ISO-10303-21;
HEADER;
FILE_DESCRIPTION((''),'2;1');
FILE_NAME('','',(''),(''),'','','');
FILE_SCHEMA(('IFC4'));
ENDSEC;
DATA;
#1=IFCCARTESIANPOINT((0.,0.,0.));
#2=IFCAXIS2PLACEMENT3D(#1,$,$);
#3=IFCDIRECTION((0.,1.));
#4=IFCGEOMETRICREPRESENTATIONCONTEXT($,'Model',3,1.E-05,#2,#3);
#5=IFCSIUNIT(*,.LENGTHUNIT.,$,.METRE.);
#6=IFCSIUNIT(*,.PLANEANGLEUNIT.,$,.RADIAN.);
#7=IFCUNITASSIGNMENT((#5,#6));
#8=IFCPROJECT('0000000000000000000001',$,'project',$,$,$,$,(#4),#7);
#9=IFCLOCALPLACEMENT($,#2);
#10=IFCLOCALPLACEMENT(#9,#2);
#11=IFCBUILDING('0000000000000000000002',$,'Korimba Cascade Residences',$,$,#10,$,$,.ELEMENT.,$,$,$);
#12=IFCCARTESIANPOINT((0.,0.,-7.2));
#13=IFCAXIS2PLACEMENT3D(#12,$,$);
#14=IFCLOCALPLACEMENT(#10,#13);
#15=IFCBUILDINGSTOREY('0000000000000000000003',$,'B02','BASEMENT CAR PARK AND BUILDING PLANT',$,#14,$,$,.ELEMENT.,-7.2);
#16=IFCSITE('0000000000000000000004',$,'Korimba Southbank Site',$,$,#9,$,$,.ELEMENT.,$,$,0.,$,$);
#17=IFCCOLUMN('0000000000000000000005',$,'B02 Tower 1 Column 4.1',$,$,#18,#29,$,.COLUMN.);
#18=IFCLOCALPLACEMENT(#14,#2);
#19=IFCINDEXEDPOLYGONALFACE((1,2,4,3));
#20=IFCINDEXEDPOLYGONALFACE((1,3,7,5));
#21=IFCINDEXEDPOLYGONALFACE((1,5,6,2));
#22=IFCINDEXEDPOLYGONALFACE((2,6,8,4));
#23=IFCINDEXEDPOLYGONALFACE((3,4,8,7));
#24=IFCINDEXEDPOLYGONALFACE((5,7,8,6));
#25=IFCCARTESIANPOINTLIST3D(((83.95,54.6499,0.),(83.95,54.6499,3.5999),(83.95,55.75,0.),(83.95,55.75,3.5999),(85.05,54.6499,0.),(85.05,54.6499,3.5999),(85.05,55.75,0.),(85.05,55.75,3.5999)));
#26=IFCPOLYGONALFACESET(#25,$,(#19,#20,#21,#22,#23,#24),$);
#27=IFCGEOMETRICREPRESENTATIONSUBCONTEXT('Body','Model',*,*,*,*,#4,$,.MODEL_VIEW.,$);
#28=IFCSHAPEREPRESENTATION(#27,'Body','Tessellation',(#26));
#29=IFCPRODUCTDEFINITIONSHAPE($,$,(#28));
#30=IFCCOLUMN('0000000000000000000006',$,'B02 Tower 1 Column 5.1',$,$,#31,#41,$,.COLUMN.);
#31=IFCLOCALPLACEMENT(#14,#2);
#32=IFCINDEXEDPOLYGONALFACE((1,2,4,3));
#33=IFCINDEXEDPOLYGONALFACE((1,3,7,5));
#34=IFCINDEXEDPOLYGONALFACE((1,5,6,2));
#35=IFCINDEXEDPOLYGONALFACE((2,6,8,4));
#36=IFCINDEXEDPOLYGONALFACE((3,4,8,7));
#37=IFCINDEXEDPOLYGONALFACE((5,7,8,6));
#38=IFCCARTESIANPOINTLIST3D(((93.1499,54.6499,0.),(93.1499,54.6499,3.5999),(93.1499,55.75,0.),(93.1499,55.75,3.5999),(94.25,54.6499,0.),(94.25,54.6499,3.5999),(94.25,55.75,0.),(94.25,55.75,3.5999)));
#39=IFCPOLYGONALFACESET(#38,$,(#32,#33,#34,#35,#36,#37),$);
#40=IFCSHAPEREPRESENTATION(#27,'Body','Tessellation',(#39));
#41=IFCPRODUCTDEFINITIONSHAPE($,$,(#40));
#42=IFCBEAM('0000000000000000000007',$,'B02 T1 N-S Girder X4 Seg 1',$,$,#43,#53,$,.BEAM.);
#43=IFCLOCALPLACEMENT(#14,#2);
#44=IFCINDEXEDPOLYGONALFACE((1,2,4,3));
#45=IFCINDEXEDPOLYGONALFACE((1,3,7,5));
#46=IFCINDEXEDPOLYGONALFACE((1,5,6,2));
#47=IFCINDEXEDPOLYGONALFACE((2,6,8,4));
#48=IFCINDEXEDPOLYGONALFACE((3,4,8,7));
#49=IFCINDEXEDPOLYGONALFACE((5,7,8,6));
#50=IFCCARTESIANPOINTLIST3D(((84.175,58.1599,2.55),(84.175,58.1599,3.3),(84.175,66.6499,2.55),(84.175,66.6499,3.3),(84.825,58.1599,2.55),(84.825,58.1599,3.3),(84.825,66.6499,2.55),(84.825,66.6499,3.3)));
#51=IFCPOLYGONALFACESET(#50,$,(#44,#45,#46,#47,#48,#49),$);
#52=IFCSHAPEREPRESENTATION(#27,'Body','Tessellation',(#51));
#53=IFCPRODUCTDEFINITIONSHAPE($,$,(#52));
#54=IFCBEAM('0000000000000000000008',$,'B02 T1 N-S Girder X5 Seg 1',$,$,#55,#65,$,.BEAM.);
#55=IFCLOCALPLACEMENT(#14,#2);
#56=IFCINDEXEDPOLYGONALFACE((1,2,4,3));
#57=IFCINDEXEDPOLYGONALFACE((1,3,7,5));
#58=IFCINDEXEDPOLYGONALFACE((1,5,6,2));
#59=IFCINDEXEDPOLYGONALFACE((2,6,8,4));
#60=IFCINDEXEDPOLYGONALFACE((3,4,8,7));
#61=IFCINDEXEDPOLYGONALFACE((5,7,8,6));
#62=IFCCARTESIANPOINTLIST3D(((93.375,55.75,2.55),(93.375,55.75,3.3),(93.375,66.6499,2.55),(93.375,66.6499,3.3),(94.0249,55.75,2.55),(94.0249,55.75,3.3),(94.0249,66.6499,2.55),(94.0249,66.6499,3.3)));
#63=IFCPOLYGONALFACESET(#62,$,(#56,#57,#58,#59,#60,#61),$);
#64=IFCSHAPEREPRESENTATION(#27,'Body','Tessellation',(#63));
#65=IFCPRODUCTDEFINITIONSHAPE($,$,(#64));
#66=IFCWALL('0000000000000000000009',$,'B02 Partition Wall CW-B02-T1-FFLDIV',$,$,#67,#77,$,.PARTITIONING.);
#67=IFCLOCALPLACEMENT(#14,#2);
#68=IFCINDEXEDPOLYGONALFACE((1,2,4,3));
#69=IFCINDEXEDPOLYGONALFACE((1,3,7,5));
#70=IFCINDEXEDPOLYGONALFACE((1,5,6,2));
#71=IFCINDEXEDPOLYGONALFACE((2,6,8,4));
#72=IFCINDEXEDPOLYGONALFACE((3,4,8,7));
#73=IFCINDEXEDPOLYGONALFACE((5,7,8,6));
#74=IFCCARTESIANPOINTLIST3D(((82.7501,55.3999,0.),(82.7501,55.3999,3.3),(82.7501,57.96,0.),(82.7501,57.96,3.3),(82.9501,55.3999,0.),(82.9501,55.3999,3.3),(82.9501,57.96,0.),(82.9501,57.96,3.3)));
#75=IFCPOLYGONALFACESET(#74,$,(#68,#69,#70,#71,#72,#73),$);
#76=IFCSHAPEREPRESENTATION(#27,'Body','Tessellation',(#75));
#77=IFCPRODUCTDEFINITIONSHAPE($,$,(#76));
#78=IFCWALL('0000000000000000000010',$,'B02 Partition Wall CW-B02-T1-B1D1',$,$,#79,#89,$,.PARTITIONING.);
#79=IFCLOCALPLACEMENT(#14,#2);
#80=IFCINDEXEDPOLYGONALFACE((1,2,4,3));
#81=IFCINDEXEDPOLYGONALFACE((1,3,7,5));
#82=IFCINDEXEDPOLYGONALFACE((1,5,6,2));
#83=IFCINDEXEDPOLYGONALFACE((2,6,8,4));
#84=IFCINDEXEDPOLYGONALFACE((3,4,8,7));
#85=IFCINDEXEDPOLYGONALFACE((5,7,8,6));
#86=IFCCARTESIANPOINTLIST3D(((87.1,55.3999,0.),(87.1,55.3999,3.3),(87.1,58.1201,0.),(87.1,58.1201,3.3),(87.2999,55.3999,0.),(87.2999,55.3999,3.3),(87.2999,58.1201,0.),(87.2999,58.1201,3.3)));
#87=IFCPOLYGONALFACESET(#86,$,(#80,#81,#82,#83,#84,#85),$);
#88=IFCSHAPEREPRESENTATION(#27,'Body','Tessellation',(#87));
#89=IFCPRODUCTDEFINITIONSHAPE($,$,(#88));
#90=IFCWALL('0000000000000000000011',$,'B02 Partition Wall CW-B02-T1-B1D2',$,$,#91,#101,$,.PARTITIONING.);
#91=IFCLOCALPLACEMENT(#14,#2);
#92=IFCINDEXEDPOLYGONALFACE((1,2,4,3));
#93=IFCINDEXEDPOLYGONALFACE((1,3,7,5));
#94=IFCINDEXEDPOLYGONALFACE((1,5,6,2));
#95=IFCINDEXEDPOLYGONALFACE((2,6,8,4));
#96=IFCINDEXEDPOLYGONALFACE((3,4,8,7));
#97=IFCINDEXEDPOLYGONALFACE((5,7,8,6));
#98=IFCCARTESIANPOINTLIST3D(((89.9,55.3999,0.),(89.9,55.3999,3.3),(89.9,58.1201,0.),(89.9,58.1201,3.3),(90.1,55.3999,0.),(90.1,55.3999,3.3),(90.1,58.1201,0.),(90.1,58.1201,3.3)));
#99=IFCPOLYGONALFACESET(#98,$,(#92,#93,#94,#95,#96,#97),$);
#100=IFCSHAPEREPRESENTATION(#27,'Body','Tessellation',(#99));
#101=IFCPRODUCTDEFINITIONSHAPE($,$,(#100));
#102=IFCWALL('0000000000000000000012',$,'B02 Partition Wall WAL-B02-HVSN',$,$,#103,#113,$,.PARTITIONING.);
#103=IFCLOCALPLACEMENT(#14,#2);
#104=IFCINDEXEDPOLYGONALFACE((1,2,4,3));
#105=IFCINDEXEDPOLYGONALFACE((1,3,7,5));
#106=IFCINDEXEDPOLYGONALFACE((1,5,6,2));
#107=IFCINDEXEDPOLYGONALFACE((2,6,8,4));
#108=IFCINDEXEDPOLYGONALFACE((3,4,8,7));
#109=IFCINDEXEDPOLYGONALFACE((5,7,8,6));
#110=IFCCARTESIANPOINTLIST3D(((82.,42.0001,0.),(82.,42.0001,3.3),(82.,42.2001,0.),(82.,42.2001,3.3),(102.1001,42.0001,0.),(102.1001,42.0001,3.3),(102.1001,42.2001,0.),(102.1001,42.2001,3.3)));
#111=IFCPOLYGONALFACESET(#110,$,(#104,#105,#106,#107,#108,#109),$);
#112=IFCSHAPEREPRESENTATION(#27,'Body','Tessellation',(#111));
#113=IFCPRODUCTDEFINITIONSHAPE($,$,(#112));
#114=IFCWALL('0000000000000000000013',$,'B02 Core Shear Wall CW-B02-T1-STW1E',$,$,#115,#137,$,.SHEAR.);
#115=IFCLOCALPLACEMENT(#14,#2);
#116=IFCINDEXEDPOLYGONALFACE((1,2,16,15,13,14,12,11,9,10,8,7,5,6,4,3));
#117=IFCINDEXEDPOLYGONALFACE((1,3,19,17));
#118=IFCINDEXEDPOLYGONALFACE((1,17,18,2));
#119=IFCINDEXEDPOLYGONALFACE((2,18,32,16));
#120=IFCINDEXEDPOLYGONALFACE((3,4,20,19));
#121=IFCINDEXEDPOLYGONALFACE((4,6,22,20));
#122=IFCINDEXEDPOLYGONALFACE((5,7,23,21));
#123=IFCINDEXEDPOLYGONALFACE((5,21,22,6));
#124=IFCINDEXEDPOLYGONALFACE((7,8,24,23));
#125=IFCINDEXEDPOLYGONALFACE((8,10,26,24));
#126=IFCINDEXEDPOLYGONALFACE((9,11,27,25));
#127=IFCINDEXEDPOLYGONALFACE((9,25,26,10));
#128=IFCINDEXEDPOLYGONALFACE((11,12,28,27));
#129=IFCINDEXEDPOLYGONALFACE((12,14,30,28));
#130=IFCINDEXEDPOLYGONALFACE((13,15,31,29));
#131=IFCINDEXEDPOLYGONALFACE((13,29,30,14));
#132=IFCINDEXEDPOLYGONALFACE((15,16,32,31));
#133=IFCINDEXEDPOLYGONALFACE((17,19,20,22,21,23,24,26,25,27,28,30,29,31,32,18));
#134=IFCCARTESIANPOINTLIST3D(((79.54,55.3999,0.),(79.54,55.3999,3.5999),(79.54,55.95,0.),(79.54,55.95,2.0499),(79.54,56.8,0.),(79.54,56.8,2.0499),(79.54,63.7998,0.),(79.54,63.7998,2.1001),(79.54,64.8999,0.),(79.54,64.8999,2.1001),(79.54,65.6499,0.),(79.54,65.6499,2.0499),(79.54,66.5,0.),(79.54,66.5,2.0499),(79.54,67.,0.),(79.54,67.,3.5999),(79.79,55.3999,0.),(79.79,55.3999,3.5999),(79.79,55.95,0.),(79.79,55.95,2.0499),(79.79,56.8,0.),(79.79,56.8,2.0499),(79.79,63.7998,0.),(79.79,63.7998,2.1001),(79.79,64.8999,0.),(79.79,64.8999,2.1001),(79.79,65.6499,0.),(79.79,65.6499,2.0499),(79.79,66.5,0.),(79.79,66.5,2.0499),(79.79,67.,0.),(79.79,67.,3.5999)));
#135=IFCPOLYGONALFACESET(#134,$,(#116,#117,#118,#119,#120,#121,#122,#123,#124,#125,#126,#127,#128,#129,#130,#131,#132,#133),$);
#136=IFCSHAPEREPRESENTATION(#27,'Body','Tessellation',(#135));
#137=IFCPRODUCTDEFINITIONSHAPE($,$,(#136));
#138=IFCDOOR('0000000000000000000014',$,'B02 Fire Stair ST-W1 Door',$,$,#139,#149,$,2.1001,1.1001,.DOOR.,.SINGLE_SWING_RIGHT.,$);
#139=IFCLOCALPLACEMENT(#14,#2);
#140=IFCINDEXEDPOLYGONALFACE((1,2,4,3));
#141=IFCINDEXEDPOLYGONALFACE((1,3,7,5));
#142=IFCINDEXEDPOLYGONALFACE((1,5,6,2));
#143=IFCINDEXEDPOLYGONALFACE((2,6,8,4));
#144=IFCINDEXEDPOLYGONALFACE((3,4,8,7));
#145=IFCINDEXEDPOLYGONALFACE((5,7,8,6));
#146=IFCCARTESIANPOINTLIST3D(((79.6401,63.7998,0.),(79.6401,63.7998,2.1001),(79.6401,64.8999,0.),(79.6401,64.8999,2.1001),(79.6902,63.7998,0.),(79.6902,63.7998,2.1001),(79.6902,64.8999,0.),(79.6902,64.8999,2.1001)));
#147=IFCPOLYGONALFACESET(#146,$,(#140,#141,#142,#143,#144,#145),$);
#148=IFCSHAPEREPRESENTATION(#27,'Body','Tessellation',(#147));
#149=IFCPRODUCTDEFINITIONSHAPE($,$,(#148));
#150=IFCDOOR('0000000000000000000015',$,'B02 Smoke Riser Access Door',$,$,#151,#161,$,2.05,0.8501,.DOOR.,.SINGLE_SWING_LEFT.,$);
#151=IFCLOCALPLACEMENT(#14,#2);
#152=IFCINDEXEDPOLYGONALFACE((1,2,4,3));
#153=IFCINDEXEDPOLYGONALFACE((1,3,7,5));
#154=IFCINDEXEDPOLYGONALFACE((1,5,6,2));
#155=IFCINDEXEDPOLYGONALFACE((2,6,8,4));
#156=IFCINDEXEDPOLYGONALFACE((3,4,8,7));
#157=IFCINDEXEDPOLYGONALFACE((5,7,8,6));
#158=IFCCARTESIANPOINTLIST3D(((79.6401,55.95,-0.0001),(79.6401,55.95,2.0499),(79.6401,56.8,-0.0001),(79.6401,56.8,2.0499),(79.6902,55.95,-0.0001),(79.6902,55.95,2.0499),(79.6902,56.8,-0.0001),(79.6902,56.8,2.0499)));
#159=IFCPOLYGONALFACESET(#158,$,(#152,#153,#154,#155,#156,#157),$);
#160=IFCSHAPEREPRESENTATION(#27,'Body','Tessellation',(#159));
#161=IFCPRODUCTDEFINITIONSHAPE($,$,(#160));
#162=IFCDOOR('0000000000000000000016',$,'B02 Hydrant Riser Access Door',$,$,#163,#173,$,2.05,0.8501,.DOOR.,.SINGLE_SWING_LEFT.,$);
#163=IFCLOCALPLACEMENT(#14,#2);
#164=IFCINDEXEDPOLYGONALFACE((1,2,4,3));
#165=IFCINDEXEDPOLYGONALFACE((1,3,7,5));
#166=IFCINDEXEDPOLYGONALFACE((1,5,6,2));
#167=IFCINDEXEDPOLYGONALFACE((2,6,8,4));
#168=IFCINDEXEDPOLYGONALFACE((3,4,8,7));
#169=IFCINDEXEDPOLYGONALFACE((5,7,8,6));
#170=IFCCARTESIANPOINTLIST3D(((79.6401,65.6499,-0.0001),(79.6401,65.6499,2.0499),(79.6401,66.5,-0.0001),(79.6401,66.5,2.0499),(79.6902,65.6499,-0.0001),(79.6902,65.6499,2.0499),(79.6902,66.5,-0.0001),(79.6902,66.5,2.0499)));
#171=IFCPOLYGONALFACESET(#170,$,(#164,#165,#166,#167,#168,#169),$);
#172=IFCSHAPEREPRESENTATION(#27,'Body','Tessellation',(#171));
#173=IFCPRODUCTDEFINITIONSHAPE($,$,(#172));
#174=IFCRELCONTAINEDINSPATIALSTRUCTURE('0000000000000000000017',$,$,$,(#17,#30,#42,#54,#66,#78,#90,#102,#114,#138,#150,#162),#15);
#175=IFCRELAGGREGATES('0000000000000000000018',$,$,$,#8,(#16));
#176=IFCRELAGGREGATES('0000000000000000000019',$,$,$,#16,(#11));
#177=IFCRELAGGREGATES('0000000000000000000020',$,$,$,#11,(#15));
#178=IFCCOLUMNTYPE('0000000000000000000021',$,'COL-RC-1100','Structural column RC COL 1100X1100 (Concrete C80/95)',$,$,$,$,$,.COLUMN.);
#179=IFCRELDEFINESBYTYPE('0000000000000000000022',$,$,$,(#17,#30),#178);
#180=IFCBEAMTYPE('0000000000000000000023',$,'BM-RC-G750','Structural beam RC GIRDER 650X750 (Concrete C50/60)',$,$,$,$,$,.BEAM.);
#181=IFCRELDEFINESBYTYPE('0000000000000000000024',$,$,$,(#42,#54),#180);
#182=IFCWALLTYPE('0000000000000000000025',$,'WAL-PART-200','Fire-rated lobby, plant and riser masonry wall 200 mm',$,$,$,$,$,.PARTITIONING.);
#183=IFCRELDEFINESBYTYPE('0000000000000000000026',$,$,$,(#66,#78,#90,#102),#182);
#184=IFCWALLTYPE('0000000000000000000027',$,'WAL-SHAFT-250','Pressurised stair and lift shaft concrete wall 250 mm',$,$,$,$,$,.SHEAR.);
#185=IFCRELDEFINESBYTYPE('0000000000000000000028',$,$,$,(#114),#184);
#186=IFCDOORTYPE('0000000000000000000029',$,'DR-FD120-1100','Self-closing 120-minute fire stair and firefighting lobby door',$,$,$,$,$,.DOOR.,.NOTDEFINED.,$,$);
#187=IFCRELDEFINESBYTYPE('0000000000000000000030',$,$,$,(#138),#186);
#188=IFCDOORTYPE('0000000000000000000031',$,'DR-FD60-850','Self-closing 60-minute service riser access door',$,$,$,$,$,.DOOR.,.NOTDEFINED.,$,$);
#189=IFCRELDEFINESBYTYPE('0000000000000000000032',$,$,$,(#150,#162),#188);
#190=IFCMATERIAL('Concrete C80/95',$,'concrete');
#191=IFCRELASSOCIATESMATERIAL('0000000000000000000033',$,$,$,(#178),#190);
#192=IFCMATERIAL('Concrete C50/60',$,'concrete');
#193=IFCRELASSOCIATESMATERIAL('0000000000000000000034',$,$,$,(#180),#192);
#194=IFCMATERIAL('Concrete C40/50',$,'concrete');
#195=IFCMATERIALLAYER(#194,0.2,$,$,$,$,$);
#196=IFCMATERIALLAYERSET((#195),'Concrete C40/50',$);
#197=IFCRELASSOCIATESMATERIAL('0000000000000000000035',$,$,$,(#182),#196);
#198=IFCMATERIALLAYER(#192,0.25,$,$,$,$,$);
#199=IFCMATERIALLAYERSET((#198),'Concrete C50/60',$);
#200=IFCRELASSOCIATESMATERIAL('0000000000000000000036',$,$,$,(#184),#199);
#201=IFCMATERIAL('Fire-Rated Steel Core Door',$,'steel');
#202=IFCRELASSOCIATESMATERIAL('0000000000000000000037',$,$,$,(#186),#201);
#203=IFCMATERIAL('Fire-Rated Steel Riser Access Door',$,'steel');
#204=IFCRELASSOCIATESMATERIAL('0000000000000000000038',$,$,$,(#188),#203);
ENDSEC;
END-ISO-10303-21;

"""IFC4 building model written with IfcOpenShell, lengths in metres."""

from ifc_helpers import new_model, si_unit, direction, frame, frame_2d, origin, origin_2d, place, context, subcontext, project, spatial, rectangle, extrude, material, layer, layer_set, material_profile, profile_set, type_object, element, fill, save


model = new_model("IFC4")

# Units and contexts
model_context = context("Model", 3, precision=1e-05, world=origin(), true_north=direction((0.0, 1.0)))
body_context = subcontext(model_context, "Body", "Model", "MODEL_VIEW")
ifc_project = project(units=[si_unit("LENGTHUNIT", "METRE"), si_unit("PLANEANGLEUNIT", "RADIAN")], contexts=[model_context])

# Site, building, storey
site_placement = place(None, origin())
site = spatial("IfcSite", under=ifc_project, at=site_placement, Name="Korimba Southbank Site", CompositionType="ELEMENT", RefElevation=0.0)
building_placement = place(site_placement, origin())
building = spatial("IfcBuilding", under=site, at=building_placement, Name="Korimba Cascade Residences", CompositionType="ELEMENT")
storey_placement = place(building_placement, frame((0.0, 0.0, -7.2)))
storey = spatial("IfcBuildingStorey", under=building, at=storey_placement, Name="B02", Description="BASEMENT CAR PARK AND BUILDING PLANT", CompositionType="ELEMENT", Elevation=-7.2)

# Columns
ifc_material_1 = material(Name="Concrete C80/95", Category="concrete")
ifc_material_profile_1 = material_profile(ifc_material_1, rectangle(XDim=1.1001, YDim=1.1001, at=origin_2d()), Name="Concrete C80/95")
ifc_profile_set_1 = profile_set([ifc_material_profile_1], Name="Concrete C80/95")
column_type = type_object("IfcColumnType", Name="COL-RC-1100", Description="Structural column RC COL 1100X1100 (Concrete C80/95)", PredefinedType="COLUMN", material=ifc_profile_set_1)
for number, where, z_axis, x_axis, name in (
    (1, (84.5, 55.2, 0.0), (0.0, 0.0, 1.0), (1.0, 0.0, 0.0), "B02 Tower 1 Column 4.1"),
    (2, (93.7, 55.2, 0.0), (0.0, 0.0, 1.0), (1.0, 0.0, 0.0), "B02 Tower 1 Column 5.1"),
):
    element("IfcColumn", number, at=place(storey_placement, frame(where, z_axis=z_axis, x_axis=x_axis)), inside=storey, type_object=column_type, Name=name, PredefinedType="COLUMN", context=body_context, shape_type="SweptSolid", body=[
        extrude(rectangle(XDim=1.1001, YDim=1.1001, at=origin_2d()), origin(), (0.0, 0.0, 1.0), 3.5999),
    ])

# Beams
ifc_material_2 = material(Name="Concrete C50/60", Category="concrete")
ifc_material_profile_2 = material_profile(ifc_material_2, rectangle(XDim=0.6499, YDim=0.75, at=origin_2d()), Name="Concrete C50/60")
ifc_profile_set_2 = profile_set([ifc_material_profile_2], Name="Concrete C50/60")
beam_type = type_object("IfcBeamType", Name="BM-RC-G750", Description="Structural beam RC GIRDER 650X750 (Concrete C50/60)", PredefinedType="BEAM", material=ifc_profile_set_2)
beam_1_placement = place(storey_placement, frame((84.5, 58.1599, 2.925), z_axis=(0.0, 1.0, 0.0), x_axis=(-1.0, 0.0, 0.0)))
element("IfcBeam", 3, at=beam_1_placement, inside=storey, type_object=beam_type, Name="B02 T1 N-S Girder X4 Seg 1", PredefinedType="BEAM", context=body_context, shape_type="SweptSolid", body=[
    extrude(rectangle(XDim=0.6499, YDim=0.75, at=origin_2d()), origin(), (0.0, 0.0, 1.0), 8.49),
])
beam_2_placement = place(storey_placement, frame((93.7, 55.75, 2.925), z_axis=(0.0, 1.0, 0.0), x_axis=(-1.0, 0.0, 0.0)))
element("IfcBeam", 4, at=beam_2_placement, inside=storey, type_object=beam_type, Name="B02 T1 N-S Girder X5 Seg 1", PredefinedType="BEAM", context=body_context, shape_type="SweptSolid", body=[
    extrude(rectangle(XDim=0.6499, YDim=0.75, at=origin_2d()), origin(), (0.0, 0.0, 1.0), 10.8999),
])

# Walls
ifc_material_3 = material(Name="Concrete C40/50", Category="concrete")
ifc_layer_1 = layer(ifc_material_3, 0.2)
ifc_layer_set_1 = layer_set([ifc_layer_1], Name="Concrete C40/50")
wall_type_1 = type_object("IfcWallType", Name="WAL-PART-200", Description="Fire-rated lobby, plant and riser masonry wall 200 mm", PredefinedType="PARTITIONING", material=ifc_layer_set_1)
wall_1_placement = place(storey_placement, frame((82.8501, 55.3999, 0.0), z_axis=(0.0, 0.0, 1.0), x_axis=(0.0, 1.0, 0.0)))
element("IfcWall", 5, at=wall_1_placement, inside=storey, type_object=wall_type_1, Name="B02 Partition Wall CW-B02-T1-FFLDIV", PredefinedType="PARTITIONING", context=body_context, shape_type="SweptSolid", body=[
    extrude(rectangle(XDim=2.5601, YDim=0.2, at=frame_2d((1.28, 0.0))), origin(), (0.0, 0.0, 1.0), 3.3),
])
for number, where, z_axis, x_axis, name in (
    (6, (87.2, 55.3999, 0.0), (0.0, 0.0, 1.0), (0.0, 1.0, 0.0), "B02 Partition Wall CW-B02-T1-B1D1"),
    (7, (90.0, 55.3999, 0.0), (0.0, 0.0, 1.0), (0.0, 1.0, 0.0), "B02 Partition Wall CW-B02-T1-B1D2"),
):
    element("IfcWall", number, at=place(storey_placement, frame(where, z_axis=z_axis, x_axis=x_axis)), inside=storey, type_object=wall_type_1, Name=name, PredefinedType="PARTITIONING", context=body_context, shape_type="SweptSolid", body=[
        extrude(rectangle(XDim=2.7202, YDim=0.2, at=frame_2d((1.3601, 0.0))), origin(), (0.0, 0.0, 1.0), 3.3),
    ])
wall_2_placement = place(storey_placement, frame((82.0, 42.1001, 0.0), z_axis=(0.0, 0.0, 1.0), x_axis=(1.0, 0.0, 0.0)))
element("IfcWall", 8, at=wall_2_placement, inside=storey, type_object=wall_type_1, Name="B02 Partition Wall WAL-B02-HVSN", PredefinedType="PARTITIONING", context=body_context, shape_type="SweptSolid", body=[
    extrude(rectangle(XDim=20.1001, YDim=0.2, at=frame_2d((10.05, 0.0))), origin(), (0.0, 0.0, 1.0), 3.3),
])

# Wall, openings, doors
ifc_layer_2 = layer(ifc_material_2, 0.25)
ifc_layer_set_2 = layer_set([ifc_layer_2], Name="Concrete C50/60")
wall_type_2 = type_object("IfcWallType", Name="WAL-SHAFT-250", Description="Pressurised stair and lift shaft concrete wall 250 mm", PredefinedType="SHEAR", material=ifc_layer_set_2)
wall_3_placement = place(storey_placement, frame((79.665, 55.3999, 0.0), z_axis=(0.0, 0.0, 1.0), x_axis=(0.0, 1.0, 0.0)))
wall_3 = element("IfcWall", 9, at=wall_3_placement, inside=storey, type_object=wall_type_2, Name="B02 Core Shear Wall CW-B02-T1-STW1E", PredefinedType="SHEAR", context=body_context, shape_type="SweptSolid", body=[
    extrude(rectangle(XDim=11.6001, YDim=0.25, at=frame_2d((5.8, 0.0))), origin(), (0.0, 0.0, 1.0), 3.5999),
])
opening_1_placement = place(wall_3_placement, frame((0.55, 0.0, 0.0)))
opening_1 = element("IfcOpeningElement", 10, at=opening_1_placement, cuts=wall_3, PredefinedType="OPENING", context=body_context, shape_type="SweptSolid", body=[
    extrude(rectangle(XDim=0.8501, YDim=2.05, at=frame_2d((0.425, 1.0249))), frame((0.0, 0.135, 0.0), z_axis=(0.0, -1.0, 0.0), x_axis=(1.0, 0.0, 0.0)), (0.0, 0.0, 1.0), 0.27),
])
opening_2_placement = place(wall_3_placement, frame((8.3999, 0.0, 0.0)))
opening_2 = element("IfcOpeningElement", 11, at=opening_2_placement, cuts=wall_3, PredefinedType="OPENING", context=body_context, shape_type="SweptSolid", body=[
    extrude(rectangle(XDim=1.1001, YDim=2.1001, at=frame_2d((0.55, 1.05))), frame((0.0, 0.135, 0.0), z_axis=(0.0, -1.0, 0.0), x_axis=(1.0, 0.0, 0.0)), (0.0, 0.0, 1.0), 0.27),
])
opening_3_placement = place(wall_3_placement, frame((10.25, 0.0, 0.0)))
opening_3 = element("IfcOpeningElement", 12, at=opening_3_placement, cuts=wall_3, PredefinedType="OPENING", context=body_context, shape_type="SweptSolid", body=[
    extrude(rectangle(XDim=0.8501, YDim=2.05, at=frame_2d((0.425, 1.0249))), frame((0.0, 0.135, 0.0), z_axis=(0.0, -1.0, 0.0), x_axis=(1.0, 0.0, 0.0)), (0.0, 0.0, 1.0), 0.27),
])
ifc_material_4 = material(Name="Fire-Rated Steel Core Door", Category="steel")
door_type_1 = type_object("IfcDoorType", Name="DR-FD120-1100", Description="Self-closing 120-minute fire stair and firefighting lobby door", OperationType="NOTDEFINED", PredefinedType="DOOR", material=ifc_material_4)
door_1_placement = place(opening_2_placement, origin())
door_1 = element("IfcDoor", 13, at=door_1_placement, inside=storey, type_object=door_type_1, Name="B02 Fire Stair ST-W1 Door", OperationType="SINGLE_SWING_RIGHT", OverallHeight=2.1001, OverallWidth=1.1001, PredefinedType="DOOR", context=body_context, shape_type="SweptSolid", body=[
    extrude(rectangle(XDim=1.1001, YDim=2.1001, at=frame_2d((0.55, 1.05))), frame((0.0, 0.0249, 0.0), z_axis=(0.0, -1.0, 0.0), x_axis=(1.0, 0.0, 0.0)), (0.0, 0.0, 1.0), 0.05),
])
fill(opening_2, door_1)
ifc_material_5 = material(Name="Fire-Rated Steel Riser Access Door", Category="steel")
door_type_2 = type_object("IfcDoorType", Name="DR-FD60-850", Description="Self-closing 60-minute service riser access door", OperationType="NOTDEFINED", PredefinedType="DOOR", material=ifc_material_5)
door_2_placement = place(opening_1_placement, origin())
door_2 = element("IfcDoor", 14, at=door_2_placement, inside=storey, type_object=door_type_2, Name="B02 Smoke Riser Access Door", OperationType="SINGLE_SWING_LEFT", OverallHeight=2.05, OverallWidth=0.8501, PredefinedType="DOOR", context=body_context, shape_type="SweptSolid", body=[
    extrude(rectangle(XDim=0.8501, YDim=2.05, at=frame_2d((0.425, 1.0249))), frame((0.0, 0.0249, 0.0), z_axis=(0.0, -1.0, 0.0), x_axis=(1.0, 0.0, 0.0)), (0.0, 0.0, 1.0), 0.05),
])
fill(opening_1, door_2)
door_3_placement = place(opening_3_placement, origin())
door_3 = element("IfcDoor", 15, at=door_3_placement, inside=storey, type_object=door_type_2, Name="B02 Hydrant Riser Access Door", OperationType="SINGLE_SWING_LEFT", OverallHeight=2.05, OverallWidth=0.8501, PredefinedType="DOOR", context=body_context, shape_type="SweptSolid", body=[
    extrude(rectangle(XDim=0.8501, YDim=2.05, at=frame_2d((0.425, 1.0249))), frame((0.0, 0.0249, 0.0), z_axis=(0.0, -1.0, 0.0), x_axis=(1.0, 0.0, 0.0)), (0.0, 0.0, 1.0), 0.05),
])
fill(opening_3, door_3)

save(model, "model.ifc")
